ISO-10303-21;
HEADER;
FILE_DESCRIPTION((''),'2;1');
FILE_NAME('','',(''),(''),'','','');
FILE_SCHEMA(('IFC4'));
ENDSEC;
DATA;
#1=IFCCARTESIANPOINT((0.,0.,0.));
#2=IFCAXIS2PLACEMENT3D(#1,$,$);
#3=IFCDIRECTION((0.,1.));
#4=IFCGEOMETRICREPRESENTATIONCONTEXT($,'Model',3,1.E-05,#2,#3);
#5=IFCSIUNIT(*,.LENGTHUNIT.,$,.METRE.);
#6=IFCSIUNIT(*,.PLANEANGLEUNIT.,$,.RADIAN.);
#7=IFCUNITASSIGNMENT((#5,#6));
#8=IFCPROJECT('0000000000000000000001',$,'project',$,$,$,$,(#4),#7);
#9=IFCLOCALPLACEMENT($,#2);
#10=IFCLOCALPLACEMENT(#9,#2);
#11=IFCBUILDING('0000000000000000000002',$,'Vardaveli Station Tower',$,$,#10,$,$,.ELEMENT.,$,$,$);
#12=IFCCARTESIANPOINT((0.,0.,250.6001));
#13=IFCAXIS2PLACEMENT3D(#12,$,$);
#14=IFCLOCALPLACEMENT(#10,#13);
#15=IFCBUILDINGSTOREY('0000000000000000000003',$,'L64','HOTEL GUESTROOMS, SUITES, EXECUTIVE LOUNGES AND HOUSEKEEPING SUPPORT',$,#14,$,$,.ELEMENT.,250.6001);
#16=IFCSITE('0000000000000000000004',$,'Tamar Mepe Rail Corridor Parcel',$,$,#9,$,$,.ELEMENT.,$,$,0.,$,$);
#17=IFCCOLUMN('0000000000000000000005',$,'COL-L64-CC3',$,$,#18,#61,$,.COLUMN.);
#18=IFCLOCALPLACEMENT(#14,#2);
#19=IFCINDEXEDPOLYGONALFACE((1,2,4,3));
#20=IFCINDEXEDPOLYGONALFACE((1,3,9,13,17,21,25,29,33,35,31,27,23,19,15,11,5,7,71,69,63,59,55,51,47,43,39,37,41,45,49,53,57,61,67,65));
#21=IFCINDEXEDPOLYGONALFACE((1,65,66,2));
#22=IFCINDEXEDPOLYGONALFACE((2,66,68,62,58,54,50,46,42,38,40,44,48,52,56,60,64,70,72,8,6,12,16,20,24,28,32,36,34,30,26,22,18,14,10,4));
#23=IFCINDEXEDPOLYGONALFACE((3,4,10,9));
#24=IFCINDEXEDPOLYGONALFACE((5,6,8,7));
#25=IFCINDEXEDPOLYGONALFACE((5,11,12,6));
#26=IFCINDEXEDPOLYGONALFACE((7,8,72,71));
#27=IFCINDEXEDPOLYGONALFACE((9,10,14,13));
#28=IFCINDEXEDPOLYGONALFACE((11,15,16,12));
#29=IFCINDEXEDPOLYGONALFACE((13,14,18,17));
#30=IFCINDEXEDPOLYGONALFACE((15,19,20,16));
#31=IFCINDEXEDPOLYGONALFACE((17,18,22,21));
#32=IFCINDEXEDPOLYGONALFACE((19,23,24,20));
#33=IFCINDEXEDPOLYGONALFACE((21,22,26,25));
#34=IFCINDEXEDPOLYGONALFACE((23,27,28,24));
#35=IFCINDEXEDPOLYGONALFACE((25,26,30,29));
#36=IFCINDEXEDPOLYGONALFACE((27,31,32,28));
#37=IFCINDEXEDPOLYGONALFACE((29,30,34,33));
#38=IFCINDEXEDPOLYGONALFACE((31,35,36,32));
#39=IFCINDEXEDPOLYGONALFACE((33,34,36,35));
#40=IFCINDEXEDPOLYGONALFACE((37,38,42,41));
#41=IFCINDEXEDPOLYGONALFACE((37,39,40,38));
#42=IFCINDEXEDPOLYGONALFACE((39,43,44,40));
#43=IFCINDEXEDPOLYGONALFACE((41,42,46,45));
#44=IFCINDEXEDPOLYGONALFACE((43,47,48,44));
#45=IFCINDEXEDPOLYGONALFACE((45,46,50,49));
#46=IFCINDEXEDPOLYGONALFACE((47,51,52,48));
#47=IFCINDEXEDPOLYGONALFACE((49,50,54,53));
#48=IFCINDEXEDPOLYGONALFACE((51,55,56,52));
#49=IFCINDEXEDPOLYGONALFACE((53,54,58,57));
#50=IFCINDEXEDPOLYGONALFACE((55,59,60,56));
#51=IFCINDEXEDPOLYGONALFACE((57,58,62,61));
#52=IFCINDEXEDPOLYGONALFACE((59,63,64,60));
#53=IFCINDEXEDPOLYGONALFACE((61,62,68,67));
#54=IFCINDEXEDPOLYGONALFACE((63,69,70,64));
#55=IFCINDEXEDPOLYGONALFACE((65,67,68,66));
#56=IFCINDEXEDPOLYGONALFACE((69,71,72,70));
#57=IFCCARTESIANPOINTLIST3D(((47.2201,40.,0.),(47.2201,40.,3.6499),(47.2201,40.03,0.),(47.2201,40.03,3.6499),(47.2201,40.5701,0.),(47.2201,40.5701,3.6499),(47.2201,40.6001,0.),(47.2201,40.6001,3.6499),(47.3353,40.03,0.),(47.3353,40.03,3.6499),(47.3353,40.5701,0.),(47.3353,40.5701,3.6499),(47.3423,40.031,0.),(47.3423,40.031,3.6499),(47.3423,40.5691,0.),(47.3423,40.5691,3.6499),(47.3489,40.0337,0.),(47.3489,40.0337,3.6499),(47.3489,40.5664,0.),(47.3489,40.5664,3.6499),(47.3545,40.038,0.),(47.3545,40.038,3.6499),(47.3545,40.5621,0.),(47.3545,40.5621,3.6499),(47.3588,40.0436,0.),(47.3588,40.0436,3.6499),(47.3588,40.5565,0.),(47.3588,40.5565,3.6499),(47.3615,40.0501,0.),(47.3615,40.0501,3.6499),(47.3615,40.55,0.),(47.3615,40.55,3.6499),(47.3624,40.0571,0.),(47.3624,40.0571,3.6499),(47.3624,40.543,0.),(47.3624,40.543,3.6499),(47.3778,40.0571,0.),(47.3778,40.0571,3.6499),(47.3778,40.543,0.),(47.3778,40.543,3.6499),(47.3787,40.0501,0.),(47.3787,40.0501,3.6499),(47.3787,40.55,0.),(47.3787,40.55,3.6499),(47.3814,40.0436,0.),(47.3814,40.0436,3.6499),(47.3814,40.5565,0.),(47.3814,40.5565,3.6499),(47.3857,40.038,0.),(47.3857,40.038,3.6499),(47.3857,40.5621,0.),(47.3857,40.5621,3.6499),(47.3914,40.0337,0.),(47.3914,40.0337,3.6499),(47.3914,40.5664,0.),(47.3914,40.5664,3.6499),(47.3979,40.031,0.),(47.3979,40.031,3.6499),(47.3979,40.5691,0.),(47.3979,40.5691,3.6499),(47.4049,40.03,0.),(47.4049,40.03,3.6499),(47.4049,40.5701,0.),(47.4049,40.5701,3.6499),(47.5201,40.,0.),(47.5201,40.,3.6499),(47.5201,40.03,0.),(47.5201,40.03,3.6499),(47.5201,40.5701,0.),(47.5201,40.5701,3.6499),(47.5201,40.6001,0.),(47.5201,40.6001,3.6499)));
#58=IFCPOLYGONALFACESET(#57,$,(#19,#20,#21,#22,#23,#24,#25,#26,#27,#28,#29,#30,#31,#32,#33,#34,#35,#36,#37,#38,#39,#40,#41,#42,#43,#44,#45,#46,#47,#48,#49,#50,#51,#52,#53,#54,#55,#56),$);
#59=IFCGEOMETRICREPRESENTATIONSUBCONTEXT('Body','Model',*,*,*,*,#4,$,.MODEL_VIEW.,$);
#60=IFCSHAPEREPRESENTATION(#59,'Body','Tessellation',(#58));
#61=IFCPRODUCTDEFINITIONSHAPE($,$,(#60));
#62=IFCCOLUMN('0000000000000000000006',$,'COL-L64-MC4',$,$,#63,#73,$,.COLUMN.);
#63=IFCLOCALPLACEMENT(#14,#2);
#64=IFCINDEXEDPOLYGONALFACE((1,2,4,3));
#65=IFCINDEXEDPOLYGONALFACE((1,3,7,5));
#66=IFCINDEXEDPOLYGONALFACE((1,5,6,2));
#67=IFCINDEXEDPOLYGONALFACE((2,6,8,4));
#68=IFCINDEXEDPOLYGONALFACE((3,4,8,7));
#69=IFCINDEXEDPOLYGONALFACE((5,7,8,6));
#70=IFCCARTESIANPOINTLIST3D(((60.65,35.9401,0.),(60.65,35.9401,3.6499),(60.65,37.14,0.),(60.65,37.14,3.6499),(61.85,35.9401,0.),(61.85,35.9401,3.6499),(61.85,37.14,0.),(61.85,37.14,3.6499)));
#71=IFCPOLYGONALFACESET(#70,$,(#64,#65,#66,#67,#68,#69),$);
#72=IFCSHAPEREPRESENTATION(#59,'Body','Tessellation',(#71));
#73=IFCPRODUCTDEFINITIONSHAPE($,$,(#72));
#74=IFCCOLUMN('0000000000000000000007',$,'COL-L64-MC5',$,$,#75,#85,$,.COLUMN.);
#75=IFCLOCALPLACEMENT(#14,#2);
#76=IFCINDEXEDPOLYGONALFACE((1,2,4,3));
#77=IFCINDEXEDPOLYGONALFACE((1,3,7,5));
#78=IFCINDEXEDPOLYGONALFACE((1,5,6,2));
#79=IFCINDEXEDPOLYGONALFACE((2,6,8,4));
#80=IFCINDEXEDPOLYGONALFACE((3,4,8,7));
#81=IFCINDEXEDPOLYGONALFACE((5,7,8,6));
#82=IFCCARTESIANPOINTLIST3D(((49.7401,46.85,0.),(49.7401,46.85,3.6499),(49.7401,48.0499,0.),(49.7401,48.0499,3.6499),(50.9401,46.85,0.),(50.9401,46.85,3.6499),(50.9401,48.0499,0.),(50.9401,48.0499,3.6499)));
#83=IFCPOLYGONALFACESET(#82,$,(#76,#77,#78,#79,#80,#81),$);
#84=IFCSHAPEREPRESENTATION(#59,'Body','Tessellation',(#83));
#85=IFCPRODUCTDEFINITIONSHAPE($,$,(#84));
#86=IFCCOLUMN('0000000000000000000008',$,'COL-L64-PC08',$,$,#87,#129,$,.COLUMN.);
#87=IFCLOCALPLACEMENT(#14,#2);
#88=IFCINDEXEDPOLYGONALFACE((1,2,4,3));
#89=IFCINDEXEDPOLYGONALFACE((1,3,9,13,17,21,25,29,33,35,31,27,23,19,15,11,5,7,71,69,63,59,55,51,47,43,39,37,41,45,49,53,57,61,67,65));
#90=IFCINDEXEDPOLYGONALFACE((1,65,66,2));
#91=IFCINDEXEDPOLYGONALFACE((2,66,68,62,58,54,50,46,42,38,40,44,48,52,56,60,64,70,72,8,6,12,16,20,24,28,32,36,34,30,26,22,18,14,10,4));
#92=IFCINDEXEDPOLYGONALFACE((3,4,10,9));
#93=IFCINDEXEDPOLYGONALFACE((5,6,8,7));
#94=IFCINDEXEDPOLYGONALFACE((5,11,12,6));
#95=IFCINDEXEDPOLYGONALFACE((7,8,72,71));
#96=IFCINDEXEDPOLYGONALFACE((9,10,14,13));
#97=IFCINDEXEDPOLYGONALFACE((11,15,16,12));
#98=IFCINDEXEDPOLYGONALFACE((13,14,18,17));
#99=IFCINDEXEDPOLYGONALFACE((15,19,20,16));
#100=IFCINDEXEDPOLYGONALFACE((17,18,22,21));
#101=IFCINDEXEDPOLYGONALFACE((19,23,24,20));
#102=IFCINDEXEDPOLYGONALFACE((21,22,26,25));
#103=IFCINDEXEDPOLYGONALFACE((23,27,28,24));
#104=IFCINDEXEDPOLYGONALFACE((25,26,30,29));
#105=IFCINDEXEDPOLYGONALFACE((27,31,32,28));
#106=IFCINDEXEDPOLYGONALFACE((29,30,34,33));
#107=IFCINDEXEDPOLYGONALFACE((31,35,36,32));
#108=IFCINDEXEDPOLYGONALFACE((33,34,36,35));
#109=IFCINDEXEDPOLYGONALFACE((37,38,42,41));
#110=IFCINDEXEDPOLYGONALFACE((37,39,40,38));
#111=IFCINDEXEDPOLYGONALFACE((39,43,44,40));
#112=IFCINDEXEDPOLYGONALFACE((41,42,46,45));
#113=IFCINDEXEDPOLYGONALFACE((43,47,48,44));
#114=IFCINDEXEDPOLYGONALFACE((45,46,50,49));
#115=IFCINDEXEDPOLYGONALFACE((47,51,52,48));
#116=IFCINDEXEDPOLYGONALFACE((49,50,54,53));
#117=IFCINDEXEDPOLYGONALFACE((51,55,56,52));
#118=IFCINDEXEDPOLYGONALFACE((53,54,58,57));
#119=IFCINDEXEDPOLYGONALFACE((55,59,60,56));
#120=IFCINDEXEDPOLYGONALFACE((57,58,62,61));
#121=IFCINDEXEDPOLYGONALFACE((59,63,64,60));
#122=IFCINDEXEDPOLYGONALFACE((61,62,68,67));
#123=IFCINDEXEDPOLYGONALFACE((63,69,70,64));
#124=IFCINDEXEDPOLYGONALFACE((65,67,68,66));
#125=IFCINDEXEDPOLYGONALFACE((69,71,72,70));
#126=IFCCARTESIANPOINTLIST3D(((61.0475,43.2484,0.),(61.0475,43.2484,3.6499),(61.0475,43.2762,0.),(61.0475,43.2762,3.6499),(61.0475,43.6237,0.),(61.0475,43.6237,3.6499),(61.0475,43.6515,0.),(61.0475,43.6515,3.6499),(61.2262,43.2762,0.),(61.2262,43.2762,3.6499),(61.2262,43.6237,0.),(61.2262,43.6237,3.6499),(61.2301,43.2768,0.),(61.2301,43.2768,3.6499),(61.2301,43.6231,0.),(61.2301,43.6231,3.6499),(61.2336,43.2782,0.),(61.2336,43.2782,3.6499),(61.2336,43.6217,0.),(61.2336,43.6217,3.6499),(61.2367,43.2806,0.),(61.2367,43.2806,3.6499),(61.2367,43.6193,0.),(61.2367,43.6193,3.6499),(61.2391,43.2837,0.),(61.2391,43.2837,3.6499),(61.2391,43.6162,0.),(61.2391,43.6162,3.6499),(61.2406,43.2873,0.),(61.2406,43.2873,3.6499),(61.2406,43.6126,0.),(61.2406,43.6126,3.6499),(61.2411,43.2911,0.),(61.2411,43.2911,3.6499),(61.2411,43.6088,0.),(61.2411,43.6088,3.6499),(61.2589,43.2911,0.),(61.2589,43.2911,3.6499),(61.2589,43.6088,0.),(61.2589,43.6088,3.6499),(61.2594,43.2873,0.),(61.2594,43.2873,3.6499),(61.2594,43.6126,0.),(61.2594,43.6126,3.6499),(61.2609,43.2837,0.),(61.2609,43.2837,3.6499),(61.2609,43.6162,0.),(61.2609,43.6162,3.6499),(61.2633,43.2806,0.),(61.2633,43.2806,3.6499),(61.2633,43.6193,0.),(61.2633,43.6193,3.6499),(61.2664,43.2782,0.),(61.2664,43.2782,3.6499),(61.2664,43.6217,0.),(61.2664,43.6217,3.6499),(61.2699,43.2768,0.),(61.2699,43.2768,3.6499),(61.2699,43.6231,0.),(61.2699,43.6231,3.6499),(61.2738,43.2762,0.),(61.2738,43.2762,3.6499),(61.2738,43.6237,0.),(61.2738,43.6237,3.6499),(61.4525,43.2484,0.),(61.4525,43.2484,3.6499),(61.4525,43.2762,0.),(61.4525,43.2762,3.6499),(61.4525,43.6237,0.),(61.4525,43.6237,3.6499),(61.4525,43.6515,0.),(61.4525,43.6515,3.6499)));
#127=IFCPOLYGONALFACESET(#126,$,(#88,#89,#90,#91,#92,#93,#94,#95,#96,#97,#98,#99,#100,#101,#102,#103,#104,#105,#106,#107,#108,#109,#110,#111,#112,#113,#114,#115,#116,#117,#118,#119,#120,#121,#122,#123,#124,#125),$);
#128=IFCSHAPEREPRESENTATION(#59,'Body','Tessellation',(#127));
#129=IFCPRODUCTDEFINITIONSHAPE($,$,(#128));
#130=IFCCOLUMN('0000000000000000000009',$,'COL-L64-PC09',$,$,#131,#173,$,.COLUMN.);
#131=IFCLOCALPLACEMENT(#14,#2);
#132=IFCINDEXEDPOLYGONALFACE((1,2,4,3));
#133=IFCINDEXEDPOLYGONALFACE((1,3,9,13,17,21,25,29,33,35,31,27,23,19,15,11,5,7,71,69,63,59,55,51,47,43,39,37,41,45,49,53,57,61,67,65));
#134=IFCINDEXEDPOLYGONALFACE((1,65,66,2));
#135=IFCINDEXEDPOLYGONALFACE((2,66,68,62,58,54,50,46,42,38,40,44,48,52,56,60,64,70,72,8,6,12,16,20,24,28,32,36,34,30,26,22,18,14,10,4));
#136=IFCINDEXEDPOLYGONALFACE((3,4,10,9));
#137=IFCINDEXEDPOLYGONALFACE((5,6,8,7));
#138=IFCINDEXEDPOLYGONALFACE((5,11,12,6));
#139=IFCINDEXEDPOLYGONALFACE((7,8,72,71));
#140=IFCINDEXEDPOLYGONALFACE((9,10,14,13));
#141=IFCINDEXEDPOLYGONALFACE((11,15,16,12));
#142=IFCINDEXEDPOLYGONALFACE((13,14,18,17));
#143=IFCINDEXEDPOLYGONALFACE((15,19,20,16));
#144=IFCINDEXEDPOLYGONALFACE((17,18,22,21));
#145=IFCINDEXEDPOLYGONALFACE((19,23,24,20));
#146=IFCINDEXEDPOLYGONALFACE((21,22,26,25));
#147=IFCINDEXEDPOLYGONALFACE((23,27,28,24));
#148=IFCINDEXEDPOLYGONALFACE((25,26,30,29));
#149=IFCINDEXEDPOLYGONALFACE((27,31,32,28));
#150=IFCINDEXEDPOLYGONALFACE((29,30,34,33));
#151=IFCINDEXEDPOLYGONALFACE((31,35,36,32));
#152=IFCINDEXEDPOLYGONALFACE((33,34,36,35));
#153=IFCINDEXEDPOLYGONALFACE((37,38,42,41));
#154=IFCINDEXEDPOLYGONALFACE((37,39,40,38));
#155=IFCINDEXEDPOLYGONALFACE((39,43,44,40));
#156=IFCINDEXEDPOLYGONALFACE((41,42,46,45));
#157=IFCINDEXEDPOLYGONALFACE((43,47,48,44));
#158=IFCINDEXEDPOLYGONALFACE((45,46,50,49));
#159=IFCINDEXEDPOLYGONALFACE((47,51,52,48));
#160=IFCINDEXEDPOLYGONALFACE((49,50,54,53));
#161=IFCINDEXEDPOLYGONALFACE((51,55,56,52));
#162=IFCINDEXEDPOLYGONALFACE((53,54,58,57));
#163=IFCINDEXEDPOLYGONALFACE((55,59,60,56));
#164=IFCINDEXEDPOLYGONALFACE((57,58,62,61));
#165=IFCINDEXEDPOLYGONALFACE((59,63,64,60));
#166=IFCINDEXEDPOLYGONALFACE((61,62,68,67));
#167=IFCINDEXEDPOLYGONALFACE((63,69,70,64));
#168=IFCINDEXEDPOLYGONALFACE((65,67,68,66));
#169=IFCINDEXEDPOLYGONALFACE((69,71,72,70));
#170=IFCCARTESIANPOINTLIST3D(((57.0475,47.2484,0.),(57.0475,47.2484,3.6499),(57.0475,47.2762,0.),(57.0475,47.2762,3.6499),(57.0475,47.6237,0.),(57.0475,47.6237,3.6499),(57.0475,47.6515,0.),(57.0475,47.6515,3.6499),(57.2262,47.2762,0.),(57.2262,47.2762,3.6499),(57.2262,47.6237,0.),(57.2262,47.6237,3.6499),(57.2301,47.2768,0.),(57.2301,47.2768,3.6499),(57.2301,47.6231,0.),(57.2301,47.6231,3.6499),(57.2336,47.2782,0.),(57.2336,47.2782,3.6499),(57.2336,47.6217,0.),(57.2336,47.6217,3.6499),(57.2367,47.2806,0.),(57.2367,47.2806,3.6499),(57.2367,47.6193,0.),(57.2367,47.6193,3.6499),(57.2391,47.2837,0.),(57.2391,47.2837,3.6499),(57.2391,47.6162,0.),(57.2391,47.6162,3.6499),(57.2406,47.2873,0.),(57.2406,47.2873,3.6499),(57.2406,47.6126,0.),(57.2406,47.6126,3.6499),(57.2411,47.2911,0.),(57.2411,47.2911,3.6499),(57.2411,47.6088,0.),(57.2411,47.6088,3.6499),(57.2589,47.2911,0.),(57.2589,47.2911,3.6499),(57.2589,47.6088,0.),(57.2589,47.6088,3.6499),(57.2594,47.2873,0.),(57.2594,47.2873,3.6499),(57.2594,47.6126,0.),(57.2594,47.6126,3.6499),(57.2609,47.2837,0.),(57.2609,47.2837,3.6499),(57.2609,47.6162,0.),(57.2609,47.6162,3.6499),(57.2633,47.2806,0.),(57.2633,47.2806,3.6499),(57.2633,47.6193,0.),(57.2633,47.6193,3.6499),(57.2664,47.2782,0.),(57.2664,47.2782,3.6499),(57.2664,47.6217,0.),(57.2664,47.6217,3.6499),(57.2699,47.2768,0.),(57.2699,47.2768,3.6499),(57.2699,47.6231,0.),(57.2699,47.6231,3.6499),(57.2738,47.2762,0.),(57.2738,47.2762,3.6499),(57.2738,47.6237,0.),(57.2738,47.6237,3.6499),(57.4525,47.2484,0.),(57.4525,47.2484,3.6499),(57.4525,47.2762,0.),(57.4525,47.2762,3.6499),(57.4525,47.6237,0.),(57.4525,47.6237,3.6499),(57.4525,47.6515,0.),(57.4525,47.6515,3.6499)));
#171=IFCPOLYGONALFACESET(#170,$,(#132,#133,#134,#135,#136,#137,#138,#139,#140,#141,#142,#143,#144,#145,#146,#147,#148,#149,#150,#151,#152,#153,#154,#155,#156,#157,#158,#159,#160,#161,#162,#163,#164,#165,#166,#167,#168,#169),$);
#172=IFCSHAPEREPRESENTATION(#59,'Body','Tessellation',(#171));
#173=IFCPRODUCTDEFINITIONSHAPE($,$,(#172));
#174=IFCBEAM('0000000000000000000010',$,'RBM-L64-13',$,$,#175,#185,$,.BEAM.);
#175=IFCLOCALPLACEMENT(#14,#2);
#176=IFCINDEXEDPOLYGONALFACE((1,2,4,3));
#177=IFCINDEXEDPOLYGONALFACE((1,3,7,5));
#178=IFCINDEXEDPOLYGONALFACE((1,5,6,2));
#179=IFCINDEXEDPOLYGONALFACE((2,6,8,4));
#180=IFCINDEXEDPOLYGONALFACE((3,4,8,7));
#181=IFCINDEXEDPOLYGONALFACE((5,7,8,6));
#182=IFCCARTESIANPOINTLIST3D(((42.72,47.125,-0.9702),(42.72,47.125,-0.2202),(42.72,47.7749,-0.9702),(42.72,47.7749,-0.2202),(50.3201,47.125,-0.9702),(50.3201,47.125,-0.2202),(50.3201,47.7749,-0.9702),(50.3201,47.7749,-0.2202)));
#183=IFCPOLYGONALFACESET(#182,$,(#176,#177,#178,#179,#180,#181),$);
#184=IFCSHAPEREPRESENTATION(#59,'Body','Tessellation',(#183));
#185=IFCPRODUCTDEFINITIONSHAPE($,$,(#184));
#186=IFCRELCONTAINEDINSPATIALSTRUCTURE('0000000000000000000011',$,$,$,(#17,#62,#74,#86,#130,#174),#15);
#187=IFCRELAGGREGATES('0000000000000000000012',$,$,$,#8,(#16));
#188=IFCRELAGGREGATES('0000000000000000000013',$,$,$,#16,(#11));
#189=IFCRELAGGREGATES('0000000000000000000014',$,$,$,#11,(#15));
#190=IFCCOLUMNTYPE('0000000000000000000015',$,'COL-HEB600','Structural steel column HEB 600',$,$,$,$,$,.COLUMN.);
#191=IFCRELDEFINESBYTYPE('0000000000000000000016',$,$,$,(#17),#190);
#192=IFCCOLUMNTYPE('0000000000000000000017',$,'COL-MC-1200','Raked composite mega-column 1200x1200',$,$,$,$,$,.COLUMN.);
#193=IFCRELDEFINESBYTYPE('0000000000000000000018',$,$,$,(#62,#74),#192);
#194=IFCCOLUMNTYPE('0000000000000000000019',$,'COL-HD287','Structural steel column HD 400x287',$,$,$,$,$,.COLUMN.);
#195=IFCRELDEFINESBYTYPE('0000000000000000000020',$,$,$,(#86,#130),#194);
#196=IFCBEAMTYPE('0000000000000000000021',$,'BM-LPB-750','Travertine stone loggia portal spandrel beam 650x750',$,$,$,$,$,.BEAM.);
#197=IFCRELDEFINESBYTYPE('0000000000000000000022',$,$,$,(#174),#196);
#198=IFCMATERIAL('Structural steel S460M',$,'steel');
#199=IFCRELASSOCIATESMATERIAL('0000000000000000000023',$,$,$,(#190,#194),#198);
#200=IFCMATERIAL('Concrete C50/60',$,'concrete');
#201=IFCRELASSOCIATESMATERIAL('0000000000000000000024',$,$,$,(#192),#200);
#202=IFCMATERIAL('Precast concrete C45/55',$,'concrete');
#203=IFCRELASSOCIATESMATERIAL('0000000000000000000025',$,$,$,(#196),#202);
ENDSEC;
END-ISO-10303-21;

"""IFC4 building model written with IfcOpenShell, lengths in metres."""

from ifc_helpers import new_model, si_unit, direction, frame, origin, origin_2d, place, context, subcontext, project, spatial, rectangle, i_section, extrude, source, transform, mapped, material, material_profile, profile_set, type_object, element, save


model = new_model("IFC4")

# Units and contexts
model_context = context("Model", 3, precision=1e-05, world=origin(), true_north=direction((0.0, 1.0)))
body_context = subcontext(model_context, "Body", "Model", "MODEL_VIEW")
ifc_project = project(units=[si_unit("LENGTHUNIT", "METRE"), si_unit("PLANEANGLEUNIT", "RADIAN")], contexts=[model_context])

# Site, building, storey
site_placement = place(None, origin())
site = spatial("IfcSite", under=ifc_project, at=site_placement, Name="Tamar Mepe Rail Corridor Parcel", CompositionType="ELEMENT", RefElevation=0.0)
building_placement = place(site_placement, origin())
building = spatial("IfcBuilding", under=site, at=building_placement, Name="Vardaveli Station Tower", CompositionType="ELEMENT")
storey_placement = place(building_placement, frame((0.0, 0.0, 250.6001)))
storey = spatial("IfcBuildingStorey", under=building, at=storey_placement, Name="L64", Description="HOTEL GUESTROOMS, SUITES, EXECUTIVE LOUNGES AND HOUSEKEEPING SUPPORT", CompositionType="ELEMENT", Elevation=250.6001)

# Columns
ifc_material_1 = material(Name="Structural steel S460M", Category="steel")
ifc_material_profile_1 = material_profile(ifc_material_1, i_section(OverallWidth=0.3, OverallDepth=0.6001, WebThickness=0.0154, FlangeThickness=0.03, FilletRadius=0.0271, at=origin_2d()), Name="HEB 600")
ifc_profile_set_1 = profile_set([ifc_material_profile_1], Name="Structural steel S460M")
column_type_1 = type_object("IfcColumnType", Name="COL-HEB600", Description="Structural steel column HEB 600", PredefinedType="COLUMN", material=ifc_profile_set_1)
shared_shape_1 = source(origin(), body_context, "Body", "SweptSolid", [
    extrude(i_section(OverallWidth=0.3, OverallDepth=0.6001, WebThickness=0.0154, FlangeThickness=0.03, FilletRadius=0.0271, at=origin_2d()), origin(), (0.0, 0.0, 1.0), 3.6499),
])
column_placement = place(storey_placement, frame((47.3701, 40.3, 0.0), z_axis=(0.0, 0.0, 1.0), x_axis=(1.0, 0.0, 0.0)))
element("IfcColumn", 1, at=column_placement, inside=storey, type_object=column_type_1, Name="COL-L64-CC3", PredefinedType="COLUMN", context=body_context, shape_type="MappedRepresentation", body=[
    mapped(shared_shape_1, transform((0.0, 0.0, 0.0), scale=1.0)),
])
ifc_material_2 = material(Name="Concrete C50/60", Category="concrete")
ifc_material_profile_2 = material_profile(ifc_material_2, rectangle(XDim=1.2, YDim=1.2, at=origin_2d()), Name="MC 1200x1200")
ifc_profile_set_2 = profile_set([ifc_material_profile_2], Name="Concrete C50/60")
column_type_2 = type_object("IfcColumnType", Name="COL-MC-1200", Description="Raked composite mega-column 1200x1200", PredefinedType="COLUMN", material=ifc_profile_set_2)
shared_shape_2 = source(origin(), body_context, "Body", "SweptSolid", [
    extrude(rectangle(XDim=1.2, YDim=1.2, at=origin_2d()), origin(), (0.0, 0.0, 1.0), 3.6499),
])
for number, where, z_axis, x_axis, name in (
    (2, (61.25, 36.54, 0.0), (0.0, 0.0, 1.0), (1.0, 0.0, 0.0), "COL-L64-MC4"),
    (3, (50.3401, 47.45, 0.0), (0.0, 0.0, 1.0), (1.0, 0.0, 0.0), "COL-L64-MC5"),
):
    element("IfcColumn", number, at=place(storey_placement, frame(where, z_axis=z_axis, x_axis=x_axis)), inside=storey, type_object=column_type_2, Name=name, PredefinedType="COLUMN", context=body_context, shape_type="MappedRepresentation", body=[
        mapped(shared_shape_2, transform((0.0, 0.0, 0.0), scale=1.0)),
    ])
ifc_material_profile_3 = material_profile(ifc_material_1, i_section(OverallWidth=0.405, OverallDepth=0.4031, WebThickness=0.0178, FlangeThickness=0.0278, FilletRadius=0.0149, at=origin_2d()), Name="HD 400x287")
ifc_profile_set_3 = profile_set([ifc_material_profile_3], Name="Structural steel S460M")
column_type_3 = type_object("IfcColumnType", Name="COL-HD287", Description="Structural steel column HD 400x287", PredefinedType="COLUMN", material=ifc_profile_set_3)
shared_shape_3 = source(origin(), body_context, "Body", "SweptSolid", [
    extrude(i_section(OverallWidth=0.405, OverallDepth=0.4031, WebThickness=0.0178, FlangeThickness=0.0278, FilletRadius=0.0149, at=origin_2d()), origin(), (0.0, 0.0, 1.0), 3.6499),
])
for number, where, z_axis, x_axis, name in (
    (4, (61.25, 43.45, 0.0), (0.0, 0.0, 1.0), (1.0, 0.0, 0.0), "COL-L64-PC08"),
    (5, (57.25, 47.45, 0.0), (0.0, 0.0, 1.0), (1.0, 0.0, 0.0), "COL-L64-PC09"),
):
    element("IfcColumn", number, at=place(storey_placement, frame(where, z_axis=z_axis, x_axis=x_axis)), inside=storey, type_object=column_type_3, Name=name, PredefinedType="COLUMN", context=body_context, shape_type="MappedRepresentation", body=[
        mapped(shared_shape_3, transform((0.0, 0.0, 0.0), scale=1.0)),
    ])

# Beam
ifc_material_3 = material(Name="Precast concrete C45/55", Category="concrete")
ifc_material_profile_4 = material_profile(ifc_material_3, rectangle(XDim=0.6499, YDim=0.75, at=origin_2d()), Name="LPB 650x750")
ifc_profile_set_4 = profile_set([ifc_material_profile_4], Name="Precast concrete C45/55")
beam_type = type_object("IfcBeamType", Name="BM-LPB-750", Description="Travertine stone loggia portal spandrel beam 650x750", PredefinedType="BEAM", material=ifc_profile_set_4)
shared_shape_4 = source(origin(), body_context, "Body", "SweptSolid", [
    extrude(rectangle(XDim=0.6499, YDim=0.75, at=origin_2d()), origin(), (0.0, 0.0, 1.0), 7.6001),
])
beam_1_placement = place(storey_placement, frame((50.3201, 47.45, -0.5952), z_axis=(-1.0, 0.0, 0.0), x_axis=(0.0, -1.0, 0.0)))
element("IfcBeam", 6, at=beam_1_placement, inside=storey, type_object=beam_type, Name="RBM-L64-13", PredefinedType="BEAM", context=body_context, shape_type="MappedRepresentation", body=[
    mapped(shared_shape_4, transform((0.0, 0.0, 0.0), scale=1.0)),
])

save(model, "model.ifc")
